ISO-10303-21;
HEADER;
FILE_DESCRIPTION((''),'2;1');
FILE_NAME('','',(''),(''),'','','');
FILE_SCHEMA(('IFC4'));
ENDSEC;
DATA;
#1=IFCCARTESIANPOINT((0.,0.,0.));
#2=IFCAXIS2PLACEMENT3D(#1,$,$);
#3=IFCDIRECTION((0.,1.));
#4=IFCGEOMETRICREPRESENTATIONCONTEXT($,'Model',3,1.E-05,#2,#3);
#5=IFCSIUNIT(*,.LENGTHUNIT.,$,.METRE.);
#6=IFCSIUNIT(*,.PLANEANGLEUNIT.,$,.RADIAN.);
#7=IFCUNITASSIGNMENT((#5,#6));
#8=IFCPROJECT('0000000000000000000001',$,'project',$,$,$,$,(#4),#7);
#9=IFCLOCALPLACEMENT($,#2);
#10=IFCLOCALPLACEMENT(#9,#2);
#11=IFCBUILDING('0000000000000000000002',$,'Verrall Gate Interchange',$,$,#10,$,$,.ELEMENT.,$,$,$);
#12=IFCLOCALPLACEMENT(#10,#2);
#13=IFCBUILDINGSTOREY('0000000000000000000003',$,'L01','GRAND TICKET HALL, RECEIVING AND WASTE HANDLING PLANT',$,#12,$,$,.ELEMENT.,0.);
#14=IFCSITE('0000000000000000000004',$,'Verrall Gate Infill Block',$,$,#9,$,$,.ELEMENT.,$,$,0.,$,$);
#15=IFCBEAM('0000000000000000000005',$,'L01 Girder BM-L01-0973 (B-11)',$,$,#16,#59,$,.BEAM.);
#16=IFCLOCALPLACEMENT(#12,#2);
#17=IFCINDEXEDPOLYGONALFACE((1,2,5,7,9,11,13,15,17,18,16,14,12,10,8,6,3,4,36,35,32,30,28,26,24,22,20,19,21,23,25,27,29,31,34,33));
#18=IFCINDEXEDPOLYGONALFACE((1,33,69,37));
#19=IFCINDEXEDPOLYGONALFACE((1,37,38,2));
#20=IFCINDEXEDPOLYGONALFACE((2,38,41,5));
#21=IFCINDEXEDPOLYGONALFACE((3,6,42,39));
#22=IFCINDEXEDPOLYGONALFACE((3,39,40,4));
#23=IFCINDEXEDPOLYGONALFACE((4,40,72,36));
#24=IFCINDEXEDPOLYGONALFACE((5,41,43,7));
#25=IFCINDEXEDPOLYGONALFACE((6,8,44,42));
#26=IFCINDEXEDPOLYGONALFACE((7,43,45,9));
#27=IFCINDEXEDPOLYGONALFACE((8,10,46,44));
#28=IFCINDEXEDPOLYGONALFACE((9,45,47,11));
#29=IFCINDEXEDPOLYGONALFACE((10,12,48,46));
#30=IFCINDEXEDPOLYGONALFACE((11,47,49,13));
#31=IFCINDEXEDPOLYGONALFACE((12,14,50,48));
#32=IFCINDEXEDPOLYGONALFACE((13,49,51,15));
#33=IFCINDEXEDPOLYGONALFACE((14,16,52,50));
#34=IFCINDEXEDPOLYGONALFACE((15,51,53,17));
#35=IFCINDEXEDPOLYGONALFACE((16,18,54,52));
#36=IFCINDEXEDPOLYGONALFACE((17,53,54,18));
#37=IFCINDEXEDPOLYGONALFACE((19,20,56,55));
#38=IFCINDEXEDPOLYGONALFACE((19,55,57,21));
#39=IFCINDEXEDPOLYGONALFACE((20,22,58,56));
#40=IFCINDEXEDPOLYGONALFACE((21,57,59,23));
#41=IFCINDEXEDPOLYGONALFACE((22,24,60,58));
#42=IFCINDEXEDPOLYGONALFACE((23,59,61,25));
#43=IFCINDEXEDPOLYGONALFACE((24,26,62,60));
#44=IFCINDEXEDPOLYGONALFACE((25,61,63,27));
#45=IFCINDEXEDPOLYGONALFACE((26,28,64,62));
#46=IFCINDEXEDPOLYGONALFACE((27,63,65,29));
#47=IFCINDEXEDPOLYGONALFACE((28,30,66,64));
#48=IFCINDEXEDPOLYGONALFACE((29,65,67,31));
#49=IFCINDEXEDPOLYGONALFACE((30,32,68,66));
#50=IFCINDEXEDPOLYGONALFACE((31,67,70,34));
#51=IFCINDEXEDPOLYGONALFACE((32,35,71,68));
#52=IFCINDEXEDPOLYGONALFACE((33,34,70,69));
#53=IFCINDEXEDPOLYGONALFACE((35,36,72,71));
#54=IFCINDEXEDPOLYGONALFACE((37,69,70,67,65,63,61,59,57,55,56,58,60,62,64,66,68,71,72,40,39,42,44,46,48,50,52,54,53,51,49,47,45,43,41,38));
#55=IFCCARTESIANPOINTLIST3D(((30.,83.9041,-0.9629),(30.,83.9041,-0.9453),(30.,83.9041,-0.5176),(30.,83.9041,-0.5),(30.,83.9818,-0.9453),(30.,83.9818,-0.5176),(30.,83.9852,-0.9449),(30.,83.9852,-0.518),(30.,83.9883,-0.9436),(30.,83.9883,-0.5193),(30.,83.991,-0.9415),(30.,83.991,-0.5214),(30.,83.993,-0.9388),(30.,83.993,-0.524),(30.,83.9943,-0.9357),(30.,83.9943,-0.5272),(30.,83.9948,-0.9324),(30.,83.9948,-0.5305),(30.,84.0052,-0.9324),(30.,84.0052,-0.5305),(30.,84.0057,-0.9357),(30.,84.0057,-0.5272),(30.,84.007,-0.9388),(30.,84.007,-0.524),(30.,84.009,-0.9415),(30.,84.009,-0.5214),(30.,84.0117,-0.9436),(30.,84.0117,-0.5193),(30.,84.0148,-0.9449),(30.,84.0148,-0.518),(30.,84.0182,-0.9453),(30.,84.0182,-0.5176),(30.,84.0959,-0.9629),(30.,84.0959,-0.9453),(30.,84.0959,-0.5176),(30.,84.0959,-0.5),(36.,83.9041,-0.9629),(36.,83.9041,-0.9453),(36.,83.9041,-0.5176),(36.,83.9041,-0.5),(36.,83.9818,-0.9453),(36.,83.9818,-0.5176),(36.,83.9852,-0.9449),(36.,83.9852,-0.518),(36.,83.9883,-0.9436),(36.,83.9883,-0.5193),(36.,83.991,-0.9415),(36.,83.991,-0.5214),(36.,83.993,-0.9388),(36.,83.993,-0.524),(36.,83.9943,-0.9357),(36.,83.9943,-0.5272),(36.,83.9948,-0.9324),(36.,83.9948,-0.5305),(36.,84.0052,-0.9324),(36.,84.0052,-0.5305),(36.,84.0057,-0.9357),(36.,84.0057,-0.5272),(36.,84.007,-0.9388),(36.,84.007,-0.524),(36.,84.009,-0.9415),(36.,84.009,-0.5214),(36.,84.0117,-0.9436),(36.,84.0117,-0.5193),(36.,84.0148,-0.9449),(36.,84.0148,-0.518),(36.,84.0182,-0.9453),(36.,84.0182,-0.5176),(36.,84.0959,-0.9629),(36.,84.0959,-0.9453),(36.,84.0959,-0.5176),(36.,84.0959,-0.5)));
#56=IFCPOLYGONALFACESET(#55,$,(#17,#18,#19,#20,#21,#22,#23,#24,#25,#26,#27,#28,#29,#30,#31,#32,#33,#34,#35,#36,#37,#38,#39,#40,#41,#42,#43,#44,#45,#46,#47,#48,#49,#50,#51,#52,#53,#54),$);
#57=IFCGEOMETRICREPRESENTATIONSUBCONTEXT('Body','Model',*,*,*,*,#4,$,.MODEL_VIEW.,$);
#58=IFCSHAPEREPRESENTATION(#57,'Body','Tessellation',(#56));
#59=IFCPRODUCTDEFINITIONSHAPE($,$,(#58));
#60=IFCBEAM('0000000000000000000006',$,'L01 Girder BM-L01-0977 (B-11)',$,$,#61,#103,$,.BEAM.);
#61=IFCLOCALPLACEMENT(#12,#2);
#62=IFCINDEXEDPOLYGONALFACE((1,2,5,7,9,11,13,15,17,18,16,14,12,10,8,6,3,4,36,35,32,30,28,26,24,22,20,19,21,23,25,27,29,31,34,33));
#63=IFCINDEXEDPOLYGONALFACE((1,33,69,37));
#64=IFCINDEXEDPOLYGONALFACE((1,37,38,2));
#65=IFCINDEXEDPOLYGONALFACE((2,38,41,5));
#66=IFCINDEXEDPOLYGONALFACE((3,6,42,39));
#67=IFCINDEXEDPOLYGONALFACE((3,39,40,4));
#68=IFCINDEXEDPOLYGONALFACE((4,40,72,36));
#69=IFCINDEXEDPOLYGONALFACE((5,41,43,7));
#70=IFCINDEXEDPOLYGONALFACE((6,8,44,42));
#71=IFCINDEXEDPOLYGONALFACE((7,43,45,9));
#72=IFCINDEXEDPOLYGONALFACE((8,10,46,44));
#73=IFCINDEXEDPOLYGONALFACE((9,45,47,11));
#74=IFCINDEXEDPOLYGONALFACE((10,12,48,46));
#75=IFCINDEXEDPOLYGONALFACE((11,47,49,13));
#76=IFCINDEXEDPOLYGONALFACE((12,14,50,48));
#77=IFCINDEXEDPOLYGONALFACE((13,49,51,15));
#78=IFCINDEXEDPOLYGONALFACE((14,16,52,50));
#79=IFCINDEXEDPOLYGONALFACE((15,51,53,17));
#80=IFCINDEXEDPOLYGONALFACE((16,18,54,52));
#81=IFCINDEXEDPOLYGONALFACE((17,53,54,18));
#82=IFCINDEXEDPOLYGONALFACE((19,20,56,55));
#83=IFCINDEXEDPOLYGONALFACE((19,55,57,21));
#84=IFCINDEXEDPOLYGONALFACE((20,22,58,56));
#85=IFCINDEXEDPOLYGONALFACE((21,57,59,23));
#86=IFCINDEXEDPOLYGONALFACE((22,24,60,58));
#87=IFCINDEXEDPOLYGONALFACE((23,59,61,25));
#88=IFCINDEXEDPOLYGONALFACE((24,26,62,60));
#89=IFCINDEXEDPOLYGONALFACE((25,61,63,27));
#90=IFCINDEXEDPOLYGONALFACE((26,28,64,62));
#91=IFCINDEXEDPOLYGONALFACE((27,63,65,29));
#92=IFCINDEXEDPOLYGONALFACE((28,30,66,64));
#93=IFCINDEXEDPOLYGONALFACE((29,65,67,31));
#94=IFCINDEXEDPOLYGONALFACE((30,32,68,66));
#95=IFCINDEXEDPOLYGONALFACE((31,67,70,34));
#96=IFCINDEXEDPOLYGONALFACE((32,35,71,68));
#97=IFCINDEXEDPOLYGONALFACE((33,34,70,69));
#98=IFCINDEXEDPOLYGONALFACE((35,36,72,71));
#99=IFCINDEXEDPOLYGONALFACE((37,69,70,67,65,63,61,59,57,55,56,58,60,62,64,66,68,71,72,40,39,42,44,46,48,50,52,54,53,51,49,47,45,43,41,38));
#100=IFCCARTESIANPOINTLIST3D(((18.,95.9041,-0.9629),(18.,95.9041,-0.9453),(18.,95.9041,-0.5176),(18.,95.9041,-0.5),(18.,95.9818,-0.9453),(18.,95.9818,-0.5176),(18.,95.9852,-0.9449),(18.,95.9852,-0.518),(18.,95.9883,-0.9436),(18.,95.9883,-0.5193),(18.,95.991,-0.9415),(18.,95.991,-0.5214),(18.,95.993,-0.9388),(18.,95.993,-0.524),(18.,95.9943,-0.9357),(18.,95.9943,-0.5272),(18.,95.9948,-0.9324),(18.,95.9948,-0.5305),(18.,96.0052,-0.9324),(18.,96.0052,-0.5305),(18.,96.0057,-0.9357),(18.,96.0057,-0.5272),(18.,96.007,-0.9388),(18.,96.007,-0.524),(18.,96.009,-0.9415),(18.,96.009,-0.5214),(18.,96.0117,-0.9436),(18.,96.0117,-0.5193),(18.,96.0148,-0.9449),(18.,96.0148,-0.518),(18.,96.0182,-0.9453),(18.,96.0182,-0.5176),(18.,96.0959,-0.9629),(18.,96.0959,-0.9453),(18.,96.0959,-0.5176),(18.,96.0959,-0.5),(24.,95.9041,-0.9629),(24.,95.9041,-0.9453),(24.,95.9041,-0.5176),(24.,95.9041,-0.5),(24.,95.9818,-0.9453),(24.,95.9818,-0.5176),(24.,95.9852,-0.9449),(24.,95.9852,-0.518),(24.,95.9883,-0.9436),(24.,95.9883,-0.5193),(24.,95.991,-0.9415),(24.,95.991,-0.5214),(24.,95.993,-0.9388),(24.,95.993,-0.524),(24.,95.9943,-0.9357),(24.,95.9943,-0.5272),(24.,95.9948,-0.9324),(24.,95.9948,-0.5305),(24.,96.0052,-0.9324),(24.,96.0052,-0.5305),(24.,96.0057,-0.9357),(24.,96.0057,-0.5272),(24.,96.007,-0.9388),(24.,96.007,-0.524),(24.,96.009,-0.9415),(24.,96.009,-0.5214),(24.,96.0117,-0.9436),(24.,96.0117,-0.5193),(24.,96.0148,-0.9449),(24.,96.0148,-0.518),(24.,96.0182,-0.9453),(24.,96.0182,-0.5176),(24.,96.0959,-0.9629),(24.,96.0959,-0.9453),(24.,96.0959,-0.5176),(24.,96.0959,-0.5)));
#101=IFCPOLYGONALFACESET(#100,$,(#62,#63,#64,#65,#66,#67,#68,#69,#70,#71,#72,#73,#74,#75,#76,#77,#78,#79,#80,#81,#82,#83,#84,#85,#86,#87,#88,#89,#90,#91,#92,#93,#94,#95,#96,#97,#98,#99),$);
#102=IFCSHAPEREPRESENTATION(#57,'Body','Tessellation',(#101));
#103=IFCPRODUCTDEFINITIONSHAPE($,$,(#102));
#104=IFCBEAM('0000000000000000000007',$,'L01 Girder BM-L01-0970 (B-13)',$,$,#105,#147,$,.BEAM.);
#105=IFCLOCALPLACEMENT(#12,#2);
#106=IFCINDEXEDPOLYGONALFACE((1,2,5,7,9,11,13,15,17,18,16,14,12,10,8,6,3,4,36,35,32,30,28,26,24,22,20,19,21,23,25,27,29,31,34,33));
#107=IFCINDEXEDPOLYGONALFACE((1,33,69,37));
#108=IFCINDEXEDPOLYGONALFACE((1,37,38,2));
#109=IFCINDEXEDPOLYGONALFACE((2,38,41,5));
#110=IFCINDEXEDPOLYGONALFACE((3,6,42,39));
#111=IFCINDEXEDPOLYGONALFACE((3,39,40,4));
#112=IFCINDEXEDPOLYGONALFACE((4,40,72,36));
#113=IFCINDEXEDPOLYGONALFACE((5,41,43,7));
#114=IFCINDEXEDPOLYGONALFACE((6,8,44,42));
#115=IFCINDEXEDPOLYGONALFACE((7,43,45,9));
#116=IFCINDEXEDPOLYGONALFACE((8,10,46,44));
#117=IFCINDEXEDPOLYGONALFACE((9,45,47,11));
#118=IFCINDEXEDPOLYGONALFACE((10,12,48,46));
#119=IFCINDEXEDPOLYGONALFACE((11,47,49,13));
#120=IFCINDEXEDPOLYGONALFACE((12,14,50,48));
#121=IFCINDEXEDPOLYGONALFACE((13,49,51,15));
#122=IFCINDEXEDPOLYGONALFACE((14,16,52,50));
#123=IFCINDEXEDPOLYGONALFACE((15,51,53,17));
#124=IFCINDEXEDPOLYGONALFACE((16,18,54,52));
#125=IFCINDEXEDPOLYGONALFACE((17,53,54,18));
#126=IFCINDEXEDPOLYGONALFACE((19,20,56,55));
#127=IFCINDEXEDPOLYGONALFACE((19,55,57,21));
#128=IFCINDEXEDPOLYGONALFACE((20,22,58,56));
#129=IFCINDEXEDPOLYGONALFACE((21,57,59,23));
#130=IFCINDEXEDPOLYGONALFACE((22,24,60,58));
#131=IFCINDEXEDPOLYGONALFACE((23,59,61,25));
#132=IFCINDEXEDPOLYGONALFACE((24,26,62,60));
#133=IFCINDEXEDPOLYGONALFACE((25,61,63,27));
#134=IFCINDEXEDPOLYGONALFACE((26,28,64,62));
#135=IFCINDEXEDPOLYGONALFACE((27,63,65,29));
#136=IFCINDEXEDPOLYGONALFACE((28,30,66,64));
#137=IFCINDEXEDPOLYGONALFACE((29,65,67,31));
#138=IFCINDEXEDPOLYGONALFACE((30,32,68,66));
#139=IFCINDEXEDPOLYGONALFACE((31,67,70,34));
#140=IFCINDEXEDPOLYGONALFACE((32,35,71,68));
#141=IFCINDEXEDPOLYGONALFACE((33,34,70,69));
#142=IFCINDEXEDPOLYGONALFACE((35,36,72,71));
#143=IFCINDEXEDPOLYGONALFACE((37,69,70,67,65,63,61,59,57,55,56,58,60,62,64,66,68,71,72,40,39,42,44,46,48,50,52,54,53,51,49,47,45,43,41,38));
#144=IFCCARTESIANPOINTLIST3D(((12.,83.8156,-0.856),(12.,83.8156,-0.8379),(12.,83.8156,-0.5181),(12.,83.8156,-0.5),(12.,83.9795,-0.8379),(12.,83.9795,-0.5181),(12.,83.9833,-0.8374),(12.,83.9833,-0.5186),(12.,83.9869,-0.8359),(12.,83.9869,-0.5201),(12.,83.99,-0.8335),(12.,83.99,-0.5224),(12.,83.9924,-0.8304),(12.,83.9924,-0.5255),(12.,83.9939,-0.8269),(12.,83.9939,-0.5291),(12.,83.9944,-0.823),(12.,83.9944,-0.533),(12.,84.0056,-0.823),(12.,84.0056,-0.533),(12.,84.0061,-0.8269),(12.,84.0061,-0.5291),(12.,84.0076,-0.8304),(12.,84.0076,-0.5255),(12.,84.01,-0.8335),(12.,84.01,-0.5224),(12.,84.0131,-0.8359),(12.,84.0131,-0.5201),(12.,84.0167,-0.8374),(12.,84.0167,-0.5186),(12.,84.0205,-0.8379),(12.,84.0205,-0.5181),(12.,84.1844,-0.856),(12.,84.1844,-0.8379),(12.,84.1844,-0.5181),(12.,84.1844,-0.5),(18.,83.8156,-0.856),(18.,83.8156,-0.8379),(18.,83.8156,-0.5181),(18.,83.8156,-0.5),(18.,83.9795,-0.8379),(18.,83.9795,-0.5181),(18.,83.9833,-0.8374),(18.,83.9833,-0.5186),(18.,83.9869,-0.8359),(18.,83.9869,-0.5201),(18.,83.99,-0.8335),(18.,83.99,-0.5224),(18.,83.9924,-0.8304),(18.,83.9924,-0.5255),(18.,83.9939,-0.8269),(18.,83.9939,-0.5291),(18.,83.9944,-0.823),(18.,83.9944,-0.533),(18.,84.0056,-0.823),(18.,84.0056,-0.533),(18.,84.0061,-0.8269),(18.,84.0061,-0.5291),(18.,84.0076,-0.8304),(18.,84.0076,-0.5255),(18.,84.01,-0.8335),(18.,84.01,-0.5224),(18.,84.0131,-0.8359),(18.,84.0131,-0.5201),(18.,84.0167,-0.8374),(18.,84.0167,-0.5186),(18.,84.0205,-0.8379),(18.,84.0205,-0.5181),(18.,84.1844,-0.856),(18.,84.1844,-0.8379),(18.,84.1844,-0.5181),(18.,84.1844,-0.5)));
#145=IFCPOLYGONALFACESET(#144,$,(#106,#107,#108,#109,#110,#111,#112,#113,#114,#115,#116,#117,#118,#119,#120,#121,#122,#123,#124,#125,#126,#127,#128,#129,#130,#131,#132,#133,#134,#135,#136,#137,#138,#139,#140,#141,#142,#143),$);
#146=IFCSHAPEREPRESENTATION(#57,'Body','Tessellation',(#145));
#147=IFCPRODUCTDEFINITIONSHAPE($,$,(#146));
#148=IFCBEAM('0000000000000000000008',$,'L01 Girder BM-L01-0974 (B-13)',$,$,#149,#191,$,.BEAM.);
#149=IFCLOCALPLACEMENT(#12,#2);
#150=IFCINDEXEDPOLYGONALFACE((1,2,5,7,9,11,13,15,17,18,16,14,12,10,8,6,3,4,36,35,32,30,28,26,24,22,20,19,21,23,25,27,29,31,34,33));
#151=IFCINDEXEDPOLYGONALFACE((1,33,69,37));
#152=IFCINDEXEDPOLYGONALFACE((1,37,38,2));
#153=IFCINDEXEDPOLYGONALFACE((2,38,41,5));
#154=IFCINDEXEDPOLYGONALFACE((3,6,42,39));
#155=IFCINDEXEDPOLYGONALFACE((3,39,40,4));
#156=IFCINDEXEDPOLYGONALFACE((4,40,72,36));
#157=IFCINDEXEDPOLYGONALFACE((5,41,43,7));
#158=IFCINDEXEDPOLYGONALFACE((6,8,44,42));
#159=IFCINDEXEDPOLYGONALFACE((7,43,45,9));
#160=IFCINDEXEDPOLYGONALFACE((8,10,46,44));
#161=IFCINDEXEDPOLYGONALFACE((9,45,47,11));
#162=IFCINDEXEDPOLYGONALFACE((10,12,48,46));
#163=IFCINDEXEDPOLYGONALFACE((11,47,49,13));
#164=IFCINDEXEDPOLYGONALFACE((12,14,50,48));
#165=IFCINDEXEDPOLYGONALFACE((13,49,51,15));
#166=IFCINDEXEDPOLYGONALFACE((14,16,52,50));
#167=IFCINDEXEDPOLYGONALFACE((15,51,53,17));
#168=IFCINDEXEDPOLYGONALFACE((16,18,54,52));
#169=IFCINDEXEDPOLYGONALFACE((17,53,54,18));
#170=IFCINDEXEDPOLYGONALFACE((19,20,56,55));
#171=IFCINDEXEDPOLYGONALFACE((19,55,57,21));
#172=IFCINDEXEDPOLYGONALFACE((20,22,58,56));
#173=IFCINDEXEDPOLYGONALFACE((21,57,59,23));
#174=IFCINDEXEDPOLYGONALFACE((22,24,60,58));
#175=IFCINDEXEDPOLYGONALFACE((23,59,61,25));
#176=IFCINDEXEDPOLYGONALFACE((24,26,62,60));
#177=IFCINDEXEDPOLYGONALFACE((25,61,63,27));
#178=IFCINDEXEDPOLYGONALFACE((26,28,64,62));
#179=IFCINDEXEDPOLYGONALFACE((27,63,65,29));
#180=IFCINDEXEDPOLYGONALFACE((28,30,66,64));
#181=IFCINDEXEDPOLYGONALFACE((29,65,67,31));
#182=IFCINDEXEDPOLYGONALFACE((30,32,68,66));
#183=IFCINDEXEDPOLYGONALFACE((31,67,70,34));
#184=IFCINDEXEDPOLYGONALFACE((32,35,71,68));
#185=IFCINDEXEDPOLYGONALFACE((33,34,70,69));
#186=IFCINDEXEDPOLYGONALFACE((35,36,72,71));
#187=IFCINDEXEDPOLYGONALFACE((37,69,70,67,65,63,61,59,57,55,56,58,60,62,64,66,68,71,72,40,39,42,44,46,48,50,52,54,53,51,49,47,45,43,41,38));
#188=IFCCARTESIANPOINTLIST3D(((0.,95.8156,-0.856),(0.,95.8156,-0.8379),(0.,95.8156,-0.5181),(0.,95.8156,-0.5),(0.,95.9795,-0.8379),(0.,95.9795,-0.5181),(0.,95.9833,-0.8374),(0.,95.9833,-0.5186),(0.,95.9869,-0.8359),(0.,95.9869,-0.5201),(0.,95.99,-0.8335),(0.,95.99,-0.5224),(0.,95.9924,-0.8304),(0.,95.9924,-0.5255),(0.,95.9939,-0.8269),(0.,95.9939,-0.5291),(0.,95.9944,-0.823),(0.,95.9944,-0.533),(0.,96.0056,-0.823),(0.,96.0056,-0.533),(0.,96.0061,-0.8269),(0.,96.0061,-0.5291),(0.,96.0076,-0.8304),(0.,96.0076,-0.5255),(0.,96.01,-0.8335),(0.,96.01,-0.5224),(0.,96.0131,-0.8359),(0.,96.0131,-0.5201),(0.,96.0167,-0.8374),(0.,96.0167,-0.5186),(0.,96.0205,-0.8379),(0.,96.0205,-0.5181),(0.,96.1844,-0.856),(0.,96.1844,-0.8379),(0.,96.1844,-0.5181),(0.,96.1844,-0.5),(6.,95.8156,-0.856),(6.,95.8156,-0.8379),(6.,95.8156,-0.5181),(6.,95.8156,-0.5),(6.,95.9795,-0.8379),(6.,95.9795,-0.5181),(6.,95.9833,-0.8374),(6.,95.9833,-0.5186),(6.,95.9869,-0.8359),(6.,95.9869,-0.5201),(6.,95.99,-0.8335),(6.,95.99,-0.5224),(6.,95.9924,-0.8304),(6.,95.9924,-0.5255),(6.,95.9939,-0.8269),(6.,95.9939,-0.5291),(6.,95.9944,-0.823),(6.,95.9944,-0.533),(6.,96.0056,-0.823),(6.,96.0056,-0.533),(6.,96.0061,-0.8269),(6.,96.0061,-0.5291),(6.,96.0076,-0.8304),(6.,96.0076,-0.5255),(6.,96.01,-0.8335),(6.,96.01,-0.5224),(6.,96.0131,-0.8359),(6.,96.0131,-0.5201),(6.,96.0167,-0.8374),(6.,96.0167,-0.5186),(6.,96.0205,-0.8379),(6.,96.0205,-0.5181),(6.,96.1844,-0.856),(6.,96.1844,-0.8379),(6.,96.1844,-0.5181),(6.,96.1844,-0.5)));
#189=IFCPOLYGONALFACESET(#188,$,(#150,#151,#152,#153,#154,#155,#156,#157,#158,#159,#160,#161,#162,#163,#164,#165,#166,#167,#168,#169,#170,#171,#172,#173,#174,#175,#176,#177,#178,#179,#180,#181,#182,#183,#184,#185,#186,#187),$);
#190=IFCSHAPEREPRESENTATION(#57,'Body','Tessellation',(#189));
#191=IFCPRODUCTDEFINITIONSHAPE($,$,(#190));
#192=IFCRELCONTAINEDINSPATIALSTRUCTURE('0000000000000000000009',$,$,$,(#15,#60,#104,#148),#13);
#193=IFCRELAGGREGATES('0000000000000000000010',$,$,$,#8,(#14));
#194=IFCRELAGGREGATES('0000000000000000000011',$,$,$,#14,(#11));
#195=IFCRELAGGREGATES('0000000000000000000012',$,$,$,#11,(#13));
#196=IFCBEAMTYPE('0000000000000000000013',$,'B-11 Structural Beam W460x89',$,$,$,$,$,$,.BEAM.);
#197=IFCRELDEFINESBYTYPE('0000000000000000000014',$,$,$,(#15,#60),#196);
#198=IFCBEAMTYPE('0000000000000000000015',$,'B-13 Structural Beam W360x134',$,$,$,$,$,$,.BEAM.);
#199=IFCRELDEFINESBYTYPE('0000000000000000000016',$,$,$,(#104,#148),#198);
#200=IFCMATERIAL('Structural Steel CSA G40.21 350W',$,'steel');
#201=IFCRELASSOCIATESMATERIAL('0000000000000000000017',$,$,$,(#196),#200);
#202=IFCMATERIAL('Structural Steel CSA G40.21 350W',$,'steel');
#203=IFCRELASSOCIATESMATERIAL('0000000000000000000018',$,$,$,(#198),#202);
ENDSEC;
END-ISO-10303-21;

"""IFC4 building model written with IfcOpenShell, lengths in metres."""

from ifc_helpers import new_model, si_unit, direction, frame, origin, origin_2d, place, context, subcontext, project, spatial, i_section, extrude, material, material_profile, profile_set, type_object, element, save


model = new_model("IFC4")

# Units and contexts
model_context = context("Model", 3, precision=1e-05, world=origin(), true_north=direction((0.0, 1.0)))
body_context = subcontext(model_context, "Body", "Model", "MODEL_VIEW")
ifc_project = project(units=[si_unit("LENGTHUNIT", "METRE"), si_unit("PLANEANGLEUNIT", "RADIAN")], contexts=[model_context])

# Site, building, storey
site_placement = place(None, origin())
site = spatial("IfcSite", under=ifc_project, at=site_placement, Name="Verrall Gate Infill Block", CompositionType="ELEMENT", RefElevation=0.0)
building_placement = place(site_placement, origin())
building = spatial("IfcBuilding", under=site, at=building_placement, Name="Verrall Gate Interchange", CompositionType="ELEMENT")
storey_placement = place(building_placement, origin())
storey = spatial("IfcBuildingStorey", under=building, at=storey_placement, Name="L01", Description="GRAND TICKET HALL, RECEIVING AND WASTE HANDLING PLANT", CompositionType="ELEMENT", Elevation=0.0)

# Beams
ifc_material_1 = material(Name="Structural Steel CSA G40.21 350W", Category="steel")
ifc_material_profile_1 = material_profile(ifc_material_1, i_section(OverallWidth=0.1919, OverallDepth=0.4629, WebThickness=0.0105, FlangeThickness=0.0176, FilletRadius=0.0129, at=origin_2d()), Name="W460x89")
ifc_profile_set_1 = profile_set([ifc_material_profile_1], Name="Structural Steel CSA G40.21 350W")
beam_type_1 = type_object("IfcBeamType", Name="B-11 Structural Beam W460x89", PredefinedType="BEAM", material=ifc_profile_set_1)
for number, where, z_axis, x_axis, name in (
    (1, (30.0, 84.0, -0.7314), (1.0, 0.0, 0.0), (0.0, 1.0, 0.0), "L01 Girder BM-L01-0973 (B-11)"),
    (2, (18.0, 96.0, -0.7314), (1.0, 0.0, 0.0), (0.0, 1.0, 0.0), "L01 Girder BM-L01-0977 (B-11)"),
):
    element("IfcBeam", number, at=place(storey_placement, frame(where, z_axis=z_axis, x_axis=x_axis)), inside=storey, type_object=beam_type_1, Name=name, PredefinedType="BEAM", context=body_context, shape_type="SweptSolid", body=[
        extrude(i_section(OverallWidth=0.1919, OverallDepth=0.4629, WebThickness=0.0105, FlangeThickness=0.0176, FilletRadius=0.0129, at=origin_2d()), origin(), (0.0, 0.0, 1.0), 6.0),
    ])
ifc_material_2 = material(Name="Structural Steel CSA G40.21 350W", Category="steel")
ifc_material_profile_2 = material_profile(ifc_material_2, i_section(OverallWidth=0.3689, OverallDepth=0.356, WebThickness=0.0112, FlangeThickness=0.0181, FilletRadius=0.0149, at=origin_2d()), Name="W360x134")
ifc_profile_set_2 = profile_set([ifc_material_profile_2], Name="Structural Steel CSA G40.21 350W")
beam_type_2 = type_object("IfcBeamType", Name="B-13 Structural Beam W360x134", PredefinedType="BEAM", material=ifc_profile_set_2)
for number, where, z_axis, x_axis, name in (
    (3, (12.0, 84.0, -0.678), (1.0, 0.0, 0.0), (0.0, 1.0, 0.0), "L01 Girder BM-L01-0970 (B-13)"),
    (4, (0.0, 96.0, -0.678), (1.0, 0.0, 0.0), (0.0, 1.0, 0.0), "L01 Girder BM-L01-0974 (B-13)"),
):
    element("IfcBeam", number, at=place(storey_placement, frame(where, z_axis=z_axis, x_axis=x_axis)), inside=storey, type_object=beam_type_2, Name=name, PredefinedType="BEAM", context=body_context, shape_type="SweptSolid", body=[
        extrude(i_section(OverallWidth=0.3689, OverallDepth=0.356, WebThickness=0.0112, FlangeThickness=0.0181, FilletRadius=0.0149, at=origin_2d()), origin(), (0.0, 0.0, 1.0), 6.0),
    ])

save(model, "model.ifc")
